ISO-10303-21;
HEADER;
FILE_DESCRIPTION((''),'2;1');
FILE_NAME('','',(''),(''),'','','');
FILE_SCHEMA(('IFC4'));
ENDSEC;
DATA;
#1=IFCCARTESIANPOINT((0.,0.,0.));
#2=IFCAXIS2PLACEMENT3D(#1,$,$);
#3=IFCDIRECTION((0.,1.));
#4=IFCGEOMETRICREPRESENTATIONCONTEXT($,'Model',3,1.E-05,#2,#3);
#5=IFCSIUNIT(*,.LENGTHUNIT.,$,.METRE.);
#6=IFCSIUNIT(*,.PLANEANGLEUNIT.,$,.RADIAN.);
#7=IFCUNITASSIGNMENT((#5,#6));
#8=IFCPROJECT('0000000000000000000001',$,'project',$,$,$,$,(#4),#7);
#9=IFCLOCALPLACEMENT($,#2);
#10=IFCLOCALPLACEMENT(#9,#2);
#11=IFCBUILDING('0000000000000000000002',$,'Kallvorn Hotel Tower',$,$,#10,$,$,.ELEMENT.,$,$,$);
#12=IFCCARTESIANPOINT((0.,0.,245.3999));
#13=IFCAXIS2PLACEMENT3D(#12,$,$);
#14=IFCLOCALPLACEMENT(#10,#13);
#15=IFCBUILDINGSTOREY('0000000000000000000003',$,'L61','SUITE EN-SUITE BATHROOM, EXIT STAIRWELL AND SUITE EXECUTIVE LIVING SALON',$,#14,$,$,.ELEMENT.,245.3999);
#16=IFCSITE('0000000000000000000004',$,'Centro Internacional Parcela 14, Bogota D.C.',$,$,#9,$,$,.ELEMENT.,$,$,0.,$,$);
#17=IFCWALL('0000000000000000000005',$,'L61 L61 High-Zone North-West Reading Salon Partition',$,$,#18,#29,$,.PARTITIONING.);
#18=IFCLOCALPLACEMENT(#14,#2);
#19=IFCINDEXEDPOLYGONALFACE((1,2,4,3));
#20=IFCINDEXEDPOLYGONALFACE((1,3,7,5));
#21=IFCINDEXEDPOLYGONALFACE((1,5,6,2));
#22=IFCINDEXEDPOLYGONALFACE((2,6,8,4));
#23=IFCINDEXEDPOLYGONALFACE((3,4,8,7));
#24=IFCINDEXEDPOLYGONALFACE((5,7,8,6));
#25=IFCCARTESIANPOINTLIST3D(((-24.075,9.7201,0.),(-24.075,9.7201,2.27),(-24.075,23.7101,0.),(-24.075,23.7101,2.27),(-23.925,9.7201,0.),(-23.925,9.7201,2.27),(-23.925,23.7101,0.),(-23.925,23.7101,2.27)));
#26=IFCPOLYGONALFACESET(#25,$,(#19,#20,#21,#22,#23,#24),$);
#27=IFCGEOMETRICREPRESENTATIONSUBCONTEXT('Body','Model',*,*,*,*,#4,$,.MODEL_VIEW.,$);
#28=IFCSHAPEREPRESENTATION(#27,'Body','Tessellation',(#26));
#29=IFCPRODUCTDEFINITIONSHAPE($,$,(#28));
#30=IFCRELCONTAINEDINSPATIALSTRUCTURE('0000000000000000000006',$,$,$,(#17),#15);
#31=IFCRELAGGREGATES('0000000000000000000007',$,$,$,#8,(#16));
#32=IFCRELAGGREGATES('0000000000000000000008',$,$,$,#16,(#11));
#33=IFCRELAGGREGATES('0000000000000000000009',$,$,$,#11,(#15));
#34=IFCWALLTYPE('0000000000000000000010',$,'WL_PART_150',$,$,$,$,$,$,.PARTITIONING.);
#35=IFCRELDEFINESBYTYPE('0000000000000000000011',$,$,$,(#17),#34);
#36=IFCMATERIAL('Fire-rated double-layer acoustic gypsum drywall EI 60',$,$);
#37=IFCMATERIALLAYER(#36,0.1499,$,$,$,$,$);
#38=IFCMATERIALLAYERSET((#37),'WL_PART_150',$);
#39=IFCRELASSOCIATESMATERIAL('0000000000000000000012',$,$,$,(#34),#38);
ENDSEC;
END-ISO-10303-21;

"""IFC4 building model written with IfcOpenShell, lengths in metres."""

from ifc_helpers import new_model, si_unit, direction, frame, frame_2d, origin, place, context, subcontext, project, spatial, rectangle, extrude, material, layer, layer_set, type_object, element, save


model = new_model("IFC4")

# Units and contexts
model_context = context("Model", 3, precision=1e-05, world=origin(), true_north=direction((0.0, 1.0)))
body_context = subcontext(model_context, "Body", "Model", "MODEL_VIEW")
ifc_project = project(units=[si_unit("LENGTHUNIT", "METRE"), si_unit("PLANEANGLEUNIT", "RADIAN")], contexts=[model_context])

# Site, building, storey
site_placement = place(None, origin())
site = spatial("IfcSite", under=ifc_project, at=site_placement, Name="Centro Internacional Parcela 14, Bogota D.C.", CompositionType="ELEMENT", RefElevation=0.0)
building_placement = place(site_placement, origin())
building = spatial("IfcBuilding", under=site, at=building_placement, Name="Kallvorn Hotel Tower", CompositionType="ELEMENT")
storey_placement = place(building_placement, frame((0.0, 0.0, 245.3999)))
storey = spatial("IfcBuildingStorey", under=building, at=storey_placement, Name="L61", Description="SUITE EN-SUITE BATHROOM, EXIT STAIRWELL AND SUITE EXECUTIVE LIVING SALON", CompositionType="ELEMENT", Elevation=245.3999)

# Wall
ifc_material_1 = material(Name="Fire-rated double-layer acoustic gypsum drywall EI 60")
ifc_layer_1 = layer(ifc_material_1, 0.1499)
ifc_layer_set_1 = layer_set([ifc_layer_1], Name="WL_PART_150")
wall_type_1 = type_object("IfcWallType", Name="WL_PART_150", PredefinedType="PARTITIONING", material=ifc_layer_set_1)
wall_1_placement = place(storey_placement, frame((-24.0, 9.72, 0.0), z_axis=(0.0, 0.0, 1.0), x_axis=(0.0, 1.0, 0.0)))
element("IfcWall", 1, at=wall_1_placement, inside=storey, type_object=wall_type_1, Name="L61 L61 High-Zone North-West Reading Salon Partition", PredefinedType="PARTITIONING", context=body_context, shape_type="SweptSolid", body=[
    extrude(rectangle(XDim=13.99, YDim=0.1499, at=frame_2d((6.9951, 0.0))), origin(), (0.0, 0.0, 1.0), 2.27),
])

save(model, "model.ifc")
